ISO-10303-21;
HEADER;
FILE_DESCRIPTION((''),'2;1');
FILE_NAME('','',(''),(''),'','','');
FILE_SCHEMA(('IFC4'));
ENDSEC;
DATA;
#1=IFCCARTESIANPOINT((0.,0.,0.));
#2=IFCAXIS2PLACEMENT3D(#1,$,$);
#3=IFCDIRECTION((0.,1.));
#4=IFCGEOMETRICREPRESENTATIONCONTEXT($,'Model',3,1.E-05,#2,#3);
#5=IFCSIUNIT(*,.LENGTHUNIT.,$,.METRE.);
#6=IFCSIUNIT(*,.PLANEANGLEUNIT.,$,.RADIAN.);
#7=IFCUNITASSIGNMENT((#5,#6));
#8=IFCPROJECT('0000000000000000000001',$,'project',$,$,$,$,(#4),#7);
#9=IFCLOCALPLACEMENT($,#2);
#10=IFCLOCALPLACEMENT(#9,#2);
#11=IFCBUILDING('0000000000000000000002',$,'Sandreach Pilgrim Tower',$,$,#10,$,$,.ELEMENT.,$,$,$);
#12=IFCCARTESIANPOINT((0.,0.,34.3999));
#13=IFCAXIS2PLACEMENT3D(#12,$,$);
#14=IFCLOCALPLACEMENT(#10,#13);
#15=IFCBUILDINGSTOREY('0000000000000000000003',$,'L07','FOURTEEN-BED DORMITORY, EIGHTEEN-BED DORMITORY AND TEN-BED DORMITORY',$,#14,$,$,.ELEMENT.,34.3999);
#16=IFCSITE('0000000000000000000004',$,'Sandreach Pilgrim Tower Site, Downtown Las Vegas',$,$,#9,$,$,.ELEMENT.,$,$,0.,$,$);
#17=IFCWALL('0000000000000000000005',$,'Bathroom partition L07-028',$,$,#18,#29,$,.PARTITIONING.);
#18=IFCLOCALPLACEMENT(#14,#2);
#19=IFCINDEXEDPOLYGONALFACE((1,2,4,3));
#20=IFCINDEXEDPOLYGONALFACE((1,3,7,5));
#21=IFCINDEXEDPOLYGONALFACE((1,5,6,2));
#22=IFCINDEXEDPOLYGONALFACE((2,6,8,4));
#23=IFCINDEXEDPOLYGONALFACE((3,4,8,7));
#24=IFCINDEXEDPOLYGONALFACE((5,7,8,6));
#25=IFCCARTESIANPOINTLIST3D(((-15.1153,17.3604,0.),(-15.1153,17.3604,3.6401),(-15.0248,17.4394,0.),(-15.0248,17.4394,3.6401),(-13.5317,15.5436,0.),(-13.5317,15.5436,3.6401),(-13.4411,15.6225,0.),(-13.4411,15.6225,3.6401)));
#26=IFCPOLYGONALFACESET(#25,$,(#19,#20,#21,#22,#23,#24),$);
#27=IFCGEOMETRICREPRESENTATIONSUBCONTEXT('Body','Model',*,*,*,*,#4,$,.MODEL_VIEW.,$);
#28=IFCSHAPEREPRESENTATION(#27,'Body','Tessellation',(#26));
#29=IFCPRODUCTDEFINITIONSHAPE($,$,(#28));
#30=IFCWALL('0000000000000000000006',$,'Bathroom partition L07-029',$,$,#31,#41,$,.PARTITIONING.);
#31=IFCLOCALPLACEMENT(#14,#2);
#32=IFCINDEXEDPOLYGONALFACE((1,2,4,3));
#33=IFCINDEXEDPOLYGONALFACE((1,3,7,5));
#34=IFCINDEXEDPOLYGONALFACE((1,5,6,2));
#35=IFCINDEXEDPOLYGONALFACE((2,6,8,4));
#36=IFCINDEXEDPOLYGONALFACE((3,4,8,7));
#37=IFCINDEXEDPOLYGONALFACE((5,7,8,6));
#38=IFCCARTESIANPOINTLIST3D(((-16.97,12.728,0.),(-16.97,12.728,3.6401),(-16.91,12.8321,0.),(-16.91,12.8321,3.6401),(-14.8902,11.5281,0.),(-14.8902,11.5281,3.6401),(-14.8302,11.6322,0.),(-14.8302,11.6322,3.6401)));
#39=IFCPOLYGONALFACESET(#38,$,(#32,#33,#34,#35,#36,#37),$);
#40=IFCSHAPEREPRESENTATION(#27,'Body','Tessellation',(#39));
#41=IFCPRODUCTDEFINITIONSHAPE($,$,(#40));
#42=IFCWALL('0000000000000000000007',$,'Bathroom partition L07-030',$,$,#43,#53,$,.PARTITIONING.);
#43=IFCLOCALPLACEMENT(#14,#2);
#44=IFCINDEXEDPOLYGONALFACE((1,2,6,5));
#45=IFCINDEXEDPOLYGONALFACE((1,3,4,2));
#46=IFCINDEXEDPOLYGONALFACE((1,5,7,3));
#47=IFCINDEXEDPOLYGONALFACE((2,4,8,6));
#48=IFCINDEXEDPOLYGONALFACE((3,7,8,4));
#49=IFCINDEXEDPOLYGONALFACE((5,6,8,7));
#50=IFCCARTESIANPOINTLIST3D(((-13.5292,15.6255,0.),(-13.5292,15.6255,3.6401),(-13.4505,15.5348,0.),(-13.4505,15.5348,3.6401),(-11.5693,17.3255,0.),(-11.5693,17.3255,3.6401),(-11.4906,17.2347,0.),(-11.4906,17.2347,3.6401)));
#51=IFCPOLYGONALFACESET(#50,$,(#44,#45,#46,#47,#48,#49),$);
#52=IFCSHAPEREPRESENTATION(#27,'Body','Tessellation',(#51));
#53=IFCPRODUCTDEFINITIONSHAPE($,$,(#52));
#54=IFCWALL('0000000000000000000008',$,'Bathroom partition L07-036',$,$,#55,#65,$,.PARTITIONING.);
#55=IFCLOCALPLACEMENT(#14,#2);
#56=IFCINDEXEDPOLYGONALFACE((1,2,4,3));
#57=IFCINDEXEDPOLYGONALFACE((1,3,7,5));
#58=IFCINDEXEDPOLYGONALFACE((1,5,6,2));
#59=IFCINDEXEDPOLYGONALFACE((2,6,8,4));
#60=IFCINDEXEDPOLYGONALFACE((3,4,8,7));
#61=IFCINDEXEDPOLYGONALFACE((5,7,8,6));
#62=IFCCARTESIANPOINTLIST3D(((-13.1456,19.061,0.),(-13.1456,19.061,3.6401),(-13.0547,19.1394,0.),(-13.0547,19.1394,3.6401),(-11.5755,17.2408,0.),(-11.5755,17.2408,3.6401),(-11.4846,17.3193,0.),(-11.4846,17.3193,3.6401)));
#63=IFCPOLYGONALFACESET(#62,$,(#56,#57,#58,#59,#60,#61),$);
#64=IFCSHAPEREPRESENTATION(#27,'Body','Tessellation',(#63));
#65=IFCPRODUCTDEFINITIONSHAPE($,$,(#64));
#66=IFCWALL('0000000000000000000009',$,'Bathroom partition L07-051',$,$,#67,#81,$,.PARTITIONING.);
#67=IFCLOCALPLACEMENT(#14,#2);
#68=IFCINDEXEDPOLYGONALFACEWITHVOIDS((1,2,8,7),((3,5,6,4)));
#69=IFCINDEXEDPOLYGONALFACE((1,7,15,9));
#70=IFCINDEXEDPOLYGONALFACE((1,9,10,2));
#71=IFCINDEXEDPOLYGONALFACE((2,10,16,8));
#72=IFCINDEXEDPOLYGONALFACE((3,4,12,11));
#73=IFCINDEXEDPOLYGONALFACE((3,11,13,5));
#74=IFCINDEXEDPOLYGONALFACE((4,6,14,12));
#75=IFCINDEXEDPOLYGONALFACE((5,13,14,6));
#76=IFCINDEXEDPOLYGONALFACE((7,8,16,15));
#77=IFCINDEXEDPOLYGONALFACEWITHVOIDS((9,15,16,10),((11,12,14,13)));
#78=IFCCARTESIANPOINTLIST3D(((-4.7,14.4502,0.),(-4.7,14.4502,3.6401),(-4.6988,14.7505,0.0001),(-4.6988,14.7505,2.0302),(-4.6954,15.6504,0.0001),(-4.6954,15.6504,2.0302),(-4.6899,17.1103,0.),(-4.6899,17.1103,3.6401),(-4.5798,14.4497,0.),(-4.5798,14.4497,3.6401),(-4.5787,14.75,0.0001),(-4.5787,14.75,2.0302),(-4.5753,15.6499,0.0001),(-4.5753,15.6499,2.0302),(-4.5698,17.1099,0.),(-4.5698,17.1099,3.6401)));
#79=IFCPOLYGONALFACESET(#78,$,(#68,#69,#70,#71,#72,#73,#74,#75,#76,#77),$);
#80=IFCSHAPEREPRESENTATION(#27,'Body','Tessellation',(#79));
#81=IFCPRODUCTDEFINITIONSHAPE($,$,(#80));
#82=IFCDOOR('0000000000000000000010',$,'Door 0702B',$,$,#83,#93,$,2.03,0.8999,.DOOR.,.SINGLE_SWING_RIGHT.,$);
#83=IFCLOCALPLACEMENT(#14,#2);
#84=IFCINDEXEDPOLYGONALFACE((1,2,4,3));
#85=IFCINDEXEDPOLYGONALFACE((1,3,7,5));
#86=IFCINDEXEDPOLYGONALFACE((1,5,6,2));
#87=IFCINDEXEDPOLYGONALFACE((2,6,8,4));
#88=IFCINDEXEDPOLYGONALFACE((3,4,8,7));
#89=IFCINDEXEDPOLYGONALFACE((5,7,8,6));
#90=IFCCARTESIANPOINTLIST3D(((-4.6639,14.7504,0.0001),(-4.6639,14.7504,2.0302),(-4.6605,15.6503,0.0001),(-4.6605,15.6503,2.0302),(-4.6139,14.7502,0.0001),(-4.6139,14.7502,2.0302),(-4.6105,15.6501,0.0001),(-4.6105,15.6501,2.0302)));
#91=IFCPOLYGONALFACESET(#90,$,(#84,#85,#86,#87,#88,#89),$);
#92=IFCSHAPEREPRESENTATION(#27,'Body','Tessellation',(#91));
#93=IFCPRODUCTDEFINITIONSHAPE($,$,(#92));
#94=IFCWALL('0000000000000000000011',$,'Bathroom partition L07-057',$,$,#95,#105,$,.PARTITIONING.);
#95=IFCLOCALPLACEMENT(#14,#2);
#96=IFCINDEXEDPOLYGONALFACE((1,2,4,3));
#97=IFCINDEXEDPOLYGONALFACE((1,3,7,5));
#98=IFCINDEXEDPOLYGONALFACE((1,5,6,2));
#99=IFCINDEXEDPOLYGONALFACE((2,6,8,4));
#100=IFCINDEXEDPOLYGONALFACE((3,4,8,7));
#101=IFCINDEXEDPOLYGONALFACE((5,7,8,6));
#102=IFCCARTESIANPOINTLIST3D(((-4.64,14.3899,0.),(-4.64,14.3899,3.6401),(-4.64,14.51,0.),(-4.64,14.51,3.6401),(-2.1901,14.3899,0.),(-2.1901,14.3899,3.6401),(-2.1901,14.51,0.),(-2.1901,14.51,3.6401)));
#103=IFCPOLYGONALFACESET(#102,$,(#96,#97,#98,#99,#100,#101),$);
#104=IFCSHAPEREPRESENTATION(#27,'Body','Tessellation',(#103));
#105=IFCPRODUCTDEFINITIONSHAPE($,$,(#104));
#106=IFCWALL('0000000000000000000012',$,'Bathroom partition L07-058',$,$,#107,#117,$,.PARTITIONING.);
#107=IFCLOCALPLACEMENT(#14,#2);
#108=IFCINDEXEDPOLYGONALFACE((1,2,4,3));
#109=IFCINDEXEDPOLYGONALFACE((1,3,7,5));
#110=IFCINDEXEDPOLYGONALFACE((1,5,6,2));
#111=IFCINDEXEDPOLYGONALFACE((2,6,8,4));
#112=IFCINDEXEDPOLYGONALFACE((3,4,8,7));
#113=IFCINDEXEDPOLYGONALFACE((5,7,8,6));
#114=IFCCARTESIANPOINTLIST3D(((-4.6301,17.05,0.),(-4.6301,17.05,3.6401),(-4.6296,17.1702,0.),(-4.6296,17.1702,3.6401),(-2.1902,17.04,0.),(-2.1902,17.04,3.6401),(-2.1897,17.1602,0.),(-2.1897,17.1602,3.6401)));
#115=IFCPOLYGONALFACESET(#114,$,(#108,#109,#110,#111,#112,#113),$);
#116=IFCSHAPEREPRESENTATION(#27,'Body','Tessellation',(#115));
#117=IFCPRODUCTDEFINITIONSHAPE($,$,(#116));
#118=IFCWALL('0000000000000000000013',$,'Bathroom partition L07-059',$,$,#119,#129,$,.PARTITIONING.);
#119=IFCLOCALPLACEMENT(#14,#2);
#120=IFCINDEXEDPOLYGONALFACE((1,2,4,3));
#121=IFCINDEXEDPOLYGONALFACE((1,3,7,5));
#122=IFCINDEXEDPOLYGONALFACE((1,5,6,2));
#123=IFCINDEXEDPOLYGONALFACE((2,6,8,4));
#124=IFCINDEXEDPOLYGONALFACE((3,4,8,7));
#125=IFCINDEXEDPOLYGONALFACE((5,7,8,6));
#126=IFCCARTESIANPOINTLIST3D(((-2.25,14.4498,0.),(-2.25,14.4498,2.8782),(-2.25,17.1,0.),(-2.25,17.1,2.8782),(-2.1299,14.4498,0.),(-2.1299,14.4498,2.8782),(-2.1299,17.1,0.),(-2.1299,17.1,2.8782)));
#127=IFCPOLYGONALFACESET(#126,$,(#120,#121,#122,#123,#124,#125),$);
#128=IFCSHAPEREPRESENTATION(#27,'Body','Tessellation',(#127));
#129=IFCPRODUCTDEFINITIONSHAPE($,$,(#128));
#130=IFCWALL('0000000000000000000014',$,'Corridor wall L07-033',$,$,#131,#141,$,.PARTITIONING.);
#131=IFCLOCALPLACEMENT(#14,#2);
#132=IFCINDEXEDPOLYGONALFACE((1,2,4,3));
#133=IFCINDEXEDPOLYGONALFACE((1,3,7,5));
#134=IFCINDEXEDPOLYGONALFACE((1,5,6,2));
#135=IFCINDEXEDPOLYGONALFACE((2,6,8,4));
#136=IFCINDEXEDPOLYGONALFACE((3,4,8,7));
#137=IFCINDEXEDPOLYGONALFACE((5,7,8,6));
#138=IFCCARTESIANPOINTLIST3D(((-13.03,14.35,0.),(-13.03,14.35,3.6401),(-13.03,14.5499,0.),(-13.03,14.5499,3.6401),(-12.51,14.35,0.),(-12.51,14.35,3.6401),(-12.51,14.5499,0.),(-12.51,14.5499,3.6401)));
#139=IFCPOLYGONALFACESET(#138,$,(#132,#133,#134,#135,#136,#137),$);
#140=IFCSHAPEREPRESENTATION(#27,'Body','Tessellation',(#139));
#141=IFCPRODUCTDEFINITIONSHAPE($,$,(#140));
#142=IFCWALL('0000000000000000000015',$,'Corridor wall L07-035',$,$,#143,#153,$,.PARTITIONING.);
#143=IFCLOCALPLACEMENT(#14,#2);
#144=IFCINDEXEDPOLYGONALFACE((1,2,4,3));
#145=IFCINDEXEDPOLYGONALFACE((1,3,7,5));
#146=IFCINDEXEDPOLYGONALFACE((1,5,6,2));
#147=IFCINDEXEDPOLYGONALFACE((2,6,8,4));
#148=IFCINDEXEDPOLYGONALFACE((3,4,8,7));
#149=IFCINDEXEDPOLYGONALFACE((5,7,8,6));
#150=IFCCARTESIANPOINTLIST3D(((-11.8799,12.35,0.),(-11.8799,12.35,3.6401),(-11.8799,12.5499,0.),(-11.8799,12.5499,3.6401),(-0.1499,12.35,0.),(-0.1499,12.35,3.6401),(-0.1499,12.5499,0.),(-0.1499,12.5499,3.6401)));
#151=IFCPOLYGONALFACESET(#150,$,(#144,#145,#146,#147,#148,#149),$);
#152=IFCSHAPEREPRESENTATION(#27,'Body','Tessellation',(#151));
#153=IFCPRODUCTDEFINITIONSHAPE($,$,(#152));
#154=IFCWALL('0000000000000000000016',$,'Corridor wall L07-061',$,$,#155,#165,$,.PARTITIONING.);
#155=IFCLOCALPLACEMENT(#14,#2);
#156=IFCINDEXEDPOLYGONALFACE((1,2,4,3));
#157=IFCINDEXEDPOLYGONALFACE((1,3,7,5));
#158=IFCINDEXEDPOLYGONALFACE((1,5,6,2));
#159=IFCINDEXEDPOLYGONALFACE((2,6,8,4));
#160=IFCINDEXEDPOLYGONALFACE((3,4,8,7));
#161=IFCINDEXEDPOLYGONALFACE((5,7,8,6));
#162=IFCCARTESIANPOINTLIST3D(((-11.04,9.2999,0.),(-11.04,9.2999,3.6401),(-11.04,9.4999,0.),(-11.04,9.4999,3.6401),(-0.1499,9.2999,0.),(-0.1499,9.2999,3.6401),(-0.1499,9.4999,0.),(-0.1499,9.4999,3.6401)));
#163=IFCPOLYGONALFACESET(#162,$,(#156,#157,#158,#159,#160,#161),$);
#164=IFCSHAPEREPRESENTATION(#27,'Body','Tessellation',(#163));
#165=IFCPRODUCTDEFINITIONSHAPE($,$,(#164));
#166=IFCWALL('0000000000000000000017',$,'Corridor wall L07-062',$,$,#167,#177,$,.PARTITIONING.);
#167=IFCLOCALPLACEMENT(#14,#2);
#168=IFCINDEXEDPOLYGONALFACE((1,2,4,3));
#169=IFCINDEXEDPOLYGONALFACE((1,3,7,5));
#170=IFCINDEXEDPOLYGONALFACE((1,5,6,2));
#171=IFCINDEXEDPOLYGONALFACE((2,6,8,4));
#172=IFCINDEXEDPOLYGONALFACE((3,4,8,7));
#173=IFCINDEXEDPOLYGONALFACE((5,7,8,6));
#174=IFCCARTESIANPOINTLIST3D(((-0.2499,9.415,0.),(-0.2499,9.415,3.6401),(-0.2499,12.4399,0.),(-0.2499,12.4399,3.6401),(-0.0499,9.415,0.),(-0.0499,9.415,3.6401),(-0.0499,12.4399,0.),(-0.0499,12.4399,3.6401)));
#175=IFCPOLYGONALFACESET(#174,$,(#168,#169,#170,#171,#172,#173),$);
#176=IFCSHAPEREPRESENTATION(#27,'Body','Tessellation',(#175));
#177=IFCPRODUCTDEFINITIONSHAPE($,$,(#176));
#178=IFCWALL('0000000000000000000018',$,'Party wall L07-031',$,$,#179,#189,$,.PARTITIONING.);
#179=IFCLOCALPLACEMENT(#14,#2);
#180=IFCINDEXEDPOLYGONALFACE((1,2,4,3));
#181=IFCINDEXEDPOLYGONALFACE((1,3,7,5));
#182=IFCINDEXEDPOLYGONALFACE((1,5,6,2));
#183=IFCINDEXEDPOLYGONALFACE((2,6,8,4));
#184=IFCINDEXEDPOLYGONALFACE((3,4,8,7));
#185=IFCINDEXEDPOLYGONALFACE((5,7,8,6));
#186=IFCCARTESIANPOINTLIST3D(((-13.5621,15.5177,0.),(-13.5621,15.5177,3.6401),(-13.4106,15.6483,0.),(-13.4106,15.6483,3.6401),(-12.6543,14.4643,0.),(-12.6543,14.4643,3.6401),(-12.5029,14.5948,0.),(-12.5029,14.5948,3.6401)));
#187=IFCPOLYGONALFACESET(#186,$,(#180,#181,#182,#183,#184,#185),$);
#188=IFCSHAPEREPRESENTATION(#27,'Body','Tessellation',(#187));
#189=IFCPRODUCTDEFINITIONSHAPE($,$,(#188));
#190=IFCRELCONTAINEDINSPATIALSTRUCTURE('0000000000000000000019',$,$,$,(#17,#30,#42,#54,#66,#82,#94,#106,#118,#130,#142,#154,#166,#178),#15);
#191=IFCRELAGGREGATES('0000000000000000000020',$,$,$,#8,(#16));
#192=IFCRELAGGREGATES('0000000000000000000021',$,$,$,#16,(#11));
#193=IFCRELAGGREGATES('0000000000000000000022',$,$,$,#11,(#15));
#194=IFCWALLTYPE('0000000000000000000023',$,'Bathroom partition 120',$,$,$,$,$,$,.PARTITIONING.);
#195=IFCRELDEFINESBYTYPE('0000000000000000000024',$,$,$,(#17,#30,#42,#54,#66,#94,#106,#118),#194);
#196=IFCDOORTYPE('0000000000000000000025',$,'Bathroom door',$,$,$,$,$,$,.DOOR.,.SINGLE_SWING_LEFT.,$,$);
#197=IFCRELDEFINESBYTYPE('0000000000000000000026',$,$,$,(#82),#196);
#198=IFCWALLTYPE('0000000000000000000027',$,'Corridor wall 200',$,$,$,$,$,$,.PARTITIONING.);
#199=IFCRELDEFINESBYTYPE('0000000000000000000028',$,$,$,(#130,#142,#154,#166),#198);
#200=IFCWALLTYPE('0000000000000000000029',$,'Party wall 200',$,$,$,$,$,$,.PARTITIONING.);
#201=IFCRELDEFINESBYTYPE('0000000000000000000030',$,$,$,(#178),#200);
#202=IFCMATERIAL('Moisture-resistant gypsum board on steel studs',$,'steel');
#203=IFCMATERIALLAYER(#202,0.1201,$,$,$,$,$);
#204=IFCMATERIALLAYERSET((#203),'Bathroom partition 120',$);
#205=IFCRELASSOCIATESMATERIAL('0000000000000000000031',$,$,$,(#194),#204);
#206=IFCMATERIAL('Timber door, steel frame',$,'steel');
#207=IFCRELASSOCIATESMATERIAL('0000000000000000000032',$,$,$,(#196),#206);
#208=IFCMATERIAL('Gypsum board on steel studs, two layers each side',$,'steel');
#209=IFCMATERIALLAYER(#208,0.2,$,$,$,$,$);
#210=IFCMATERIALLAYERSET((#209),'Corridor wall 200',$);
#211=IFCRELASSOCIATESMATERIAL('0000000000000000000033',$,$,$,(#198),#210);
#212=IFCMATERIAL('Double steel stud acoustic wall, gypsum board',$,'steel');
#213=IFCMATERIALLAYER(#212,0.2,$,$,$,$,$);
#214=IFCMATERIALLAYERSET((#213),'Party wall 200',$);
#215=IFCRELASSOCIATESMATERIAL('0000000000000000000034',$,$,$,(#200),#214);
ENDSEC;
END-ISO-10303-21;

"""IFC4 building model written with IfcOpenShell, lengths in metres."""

from ifc_helpers import new_model, si_unit, direction, frame, frame_2d, origin, place, context, subcontext, project, spatial, rectangle, extrude, material, layer, layer_set, type_object, element, fill, save


model = new_model("IFC4")

# Units and contexts
model_context = context("Model", 3, precision=1e-05, world=origin(), true_north=direction((0.0, 1.0)))
body_context = subcontext(model_context, "Body", "Model", "MODEL_VIEW")
ifc_project = project(units=[si_unit("LENGTHUNIT", "METRE"), si_unit("PLANEANGLEUNIT", "RADIAN")], contexts=[model_context])

# Site, building, storey
site_placement = place(None, origin())
site = spatial("IfcSite", under=ifc_project, at=site_placement, Name="Sandreach Pilgrim Tower Site, Downtown Las Vegas", CompositionType="ELEMENT", RefElevation=0.0)
building_placement = place(site_placement, origin())
building = spatial("IfcBuilding", under=site, at=building_placement, Name="Sandreach Pilgrim Tower", CompositionType="ELEMENT")
storey_placement = place(building_placement, frame((0.0, 0.0, 34.3999)))
storey = spatial("IfcBuildingStorey", under=building, at=storey_placement, Name="L07", Description="FOURTEEN-BED DORMITORY, EIGHTEEN-BED DORMITORY AND TEN-BED DORMITORY", CompositionType="ELEMENT", Elevation=34.3999)

# Walls
ifc_material_1 = material(Name="Moisture-resistant gypsum board on steel studs", Category="steel")
ifc_layer_1 = layer(ifc_material_1, 0.1201)
ifc_layer_set_1 = layer_set([ifc_layer_1], Name="Bathroom partition 120")
wall_type_1 = type_object("IfcWallType", Name="Bathroom partition 120", PredefinedType="PARTITIONING", material=ifc_layer_set_1)
wall_1_placement = place(storey_placement, frame((-15.0701, 17.3999, 0.0), z_axis=(0.0, 0.0, 1.0), x_axis=(0.657084, -0.753818, 0.0)))
element("IfcWall", 1, at=wall_1_placement, inside=storey, type_object=wall_type_1, Name="Bathroom partition L07-028", PredefinedType="PARTITIONING", context=body_context, shape_type="SweptSolid", body=[
    extrude(rectangle(XDim=2.4102, YDim=0.1201, at=frame_2d((1.2051, 0.0))), origin(), (0.0, 0.0, 1.0), 3.6401),
])
wall_2_placement = place(storey_placement, frame((-14.8601, 11.5801, 0.0), z_axis=(0.0, 0.0, 1.0), x_axis=(-0.866177, 0.499737, 0.0)))
element("IfcWall", 2, at=wall_2_placement, inside=storey, type_object=wall_type_1, Name="Bathroom partition L07-029", PredefinedType="PARTITIONING", context=body_context, shape_type="SweptSolid", body=[
    extrude(rectangle(XDim=2.4011, YDim=0.1201, at=frame_2d((1.2007, 0.0))), origin(), (0.0, 0.0, 1.0), 3.6401),
])
wall_3_placement = place(storey_placement, frame((-13.49, 15.5801, 0.0), z_axis=(0.0, 0.0, 1.0), x_axis=(0.755438, 0.655221, 0.0)))
element("IfcWall", 3, at=wall_3_placement, inside=storey, type_object=wall_type_1, Name="Bathroom partition L07-030", PredefinedType="PARTITIONING", context=body_context, shape_type="SweptSolid", body=[
    extrude(rectangle(XDim=2.5945, YDim=0.1201, at=frame_2d((1.2974, 0.0))), origin(), (0.0, 0.0, 1.0), 3.6401),
])
wall_4_placement = place(storey_placement, frame((-11.53, 17.28, 0.0), z_axis=(0.0, 0.0, 1.0), x_axis=(-0.653189, 0.757195, 0.0)))
element("IfcWall", 4, at=wall_4_placement, inside=storey, type_object=wall_type_1, Name="Bathroom partition L07-036", PredefinedType="PARTITIONING", context=body_context, shape_type="SweptSolid", body=[
    extrude(rectangle(XDim=2.4038, YDim=0.1201, at=frame_2d((1.2019, 0.0))), origin(), (0.0, 0.0, 1.0), 3.6401),
])

# Wall, opening, door
wall_5_placement = place(storey_placement, frame((-4.6299, 17.1101, 0.0), z_axis=(0.0, 0.0, 1.0), x_axis=(-0.003763, -0.999993, 0.0)))
wall_5 = element("IfcWall", 5, at=wall_5_placement, inside=storey, type_object=wall_type_1, Name="Bathroom partition L07-051", PredefinedType="PARTITIONING", context=body_context, shape_type="SweptSolid", body=[
    extrude(rectangle(XDim=2.6602, YDim=0.1201, at=frame_2d((1.3301, 0.0))), origin(), (0.0, 0.0, 1.0), 3.6401),
])
opening_1_placement = place(wall_5_placement, frame((1.46, 0.0, 0.0)))
opening_1 = element("IfcOpeningElement", 6, at=opening_1_placement, cuts=wall_5, PredefinedType="OPENING", context=body_context, shape_type="SweptSolid", body=[
    extrude(rectangle(XDim=0.8999, YDim=2.03, at=frame_2d((0.45, 1.0151))), frame((0.0, 0.0601, 0.0), z_axis=(0.0, -1.0, 0.0), x_axis=(1.0, 0.0, 0.0)), (0.0, 0.0, 1.0), 0.1201),
])
ifc_material_2 = material(Name="Timber door, steel frame", Category="steel")
door_type_1 = type_object("IfcDoorType", Name="Bathroom door", OperationType="SINGLE_SWING_LEFT", PredefinedType="DOOR", material=ifc_material_2)
door_1_placement = place(opening_1_placement, origin())
door_1 = element("IfcDoor", 7, at=door_1_placement, inside=storey, type_object=door_type_1, Name="Door 0702B", OperationType="SINGLE_SWING_RIGHT", OverallHeight=2.03, OverallWidth=0.8999, PredefinedType="DOOR", context=body_context, shape_type="SweptSolid", body=[
    extrude(rectangle(XDim=0.8999, YDim=2.03, at=frame_2d((0.45, 1.0151))), frame((0.0, 0.0249, 0.0), z_axis=(0.0, -1.0, 0.0), x_axis=(1.0, 0.0, 0.0)), (0.0, 0.0, 1.0), 0.05),
])
fill(opening_1, door_1)

# Walls
wall_6_placement = place(storey_placement, frame((-2.1899, 14.45, 0.0), z_axis=(0.0, 0.0, 1.0), x_axis=(-1.0, 0.0, 0.0)))
element("IfcWall", 8, at=wall_6_placement, inside=storey, type_object=wall_type_1, Name="Bathroom partition L07-057", PredefinedType="PARTITIONING", context=body_context, shape_type="SweptSolid", body=[
    extrude(rectangle(XDim=2.45, YDim=0.1201, at=frame_2d((1.2251, 0.0))), origin(), (0.0, 0.0, 1.0), 3.6401),
])
wall_7_placement = place(storey_placement, frame((-2.1899, 17.1001, 0.0), z_axis=(0.0, 0.0, 1.0), x_axis=(-0.999992, 0.004102, 0.0)))
element("IfcWall", 9, at=wall_7_placement, inside=storey, type_object=wall_type_1, Name="Bathroom partition L07-058", PredefinedType="PARTITIONING", context=body_context, shape_type="SweptSolid", body=[
    extrude(rectangle(XDim=2.4399, YDim=0.1201, at=frame_2d((1.22, 0.0))), origin(), (0.0, 0.0, 1.0), 3.6401),
])
wall_8_placement = place(storey_placement, frame((-2.1899, 17.1001, 0.0), z_axis=(0.0, 0.0, 1.0), x_axis=(0.0, -1.0, 0.0)))
element("IfcWall", 10, at=wall_8_placement, inside=storey, type_object=wall_type_1, Name="Bathroom partition L07-059", PredefinedType="PARTITIONING", context=body_context, shape_type="SweptSolid", body=[
    extrude(rectangle(XDim=2.6501, YDim=0.1201, at=frame_2d((1.3252, 0.0))), origin(), (0.0, 0.0, 1.0), 2.8782),
])
ifc_material_3 = material(Name="Gypsum board on steel studs, two layers each side", Category="steel")
ifc_layer_2 = layer(ifc_material_3, 0.2)
ifc_layer_set_2 = layer_set([ifc_layer_2], Name="Corridor wall 200")
wall_type_2 = type_object("IfcWallType", Name="Corridor wall 200", PredefinedType="PARTITIONING", material=ifc_layer_set_2)
wall_9_placement = place(storey_placement, frame((-12.51, 14.45, 0.0), z_axis=(0.0, 0.0, 1.0), x_axis=(-1.0, 0.0, 0.0)))
element("IfcWall", 11, at=wall_9_placement, inside=storey, type_object=wall_type_2, Name="Corridor wall L07-033", PredefinedType="PARTITIONING", context=body_context, shape_type="SweptSolid", body=[
    extrude(rectangle(XDim=0.52, YDim=0.2, at=frame_2d((0.26, 0.0))), origin(), (0.0, 0.0, 1.0), 3.6401),
])
wall_10_placement = place(storey_placement, frame((-11.8799, 12.45, 0.0), z_axis=(0.0, 0.0, 1.0), x_axis=(1.0, 0.0, 0.0)))
element("IfcWall", 12, at=wall_10_placement, inside=storey, type_object=wall_type_2, Name="Corridor wall L07-035", PredefinedType="PARTITIONING", context=body_context, shape_type="SweptSolid", body=[
    extrude(rectangle(XDim=11.73, YDim=0.2, at=frame_2d((5.865, 0.0))), origin(), (0.0, 0.0, 1.0), 3.6401),
])

# Walls
wall_11_placement = place(storey_placement, frame((-0.1499, 9.3999, 0.0), z_axis=(0.0, 0.0, 1.0), x_axis=(-1.0, 0.0, 0.0)))
element("IfcWall", 13, at=wall_11_placement, inside=storey, type_object=wall_type_2, Name="Corridor wall L07-061", PredefinedType="PARTITIONING", context=body_context, shape_type="SweptSolid", body=[
    extrude(rectangle(XDim=10.8901, YDim=0.2, at=frame_2d((5.4451, 0.0))), origin(), (0.0, 0.0, 1.0), 3.6401),
])
wall_12_placement = place(storey_placement, frame((-0.1499, 12.4399, 0.0), z_axis=(0.0, 0.0, 1.0), x_axis=(0.0, -1.0, 0.0)))
element("IfcWall", 14, at=wall_12_placement, inside=storey, type_object=wall_type_2, Name="Corridor wall L07-062", PredefinedType="PARTITIONING", context=body_context, shape_type="SweptSolid", body=[
    extrude(rectangle(XDim=3.0249, YDim=0.2, at=frame_2d((1.5125, 0.0))), origin(), (0.0, 0.0, 1.0), 3.6401),
])
ifc_material_4 = material(Name="Double steel stud acoustic wall, gypsum board", Category="steel")
ifc_layer_3 = layer(ifc_material_4, 0.2)
ifc_layer_set_3 = layer_set([ifc_layer_3], Name="Party wall 200")
wall_type_3 = type_object("IfcWallType", Name="Party wall 200", PredefinedType="PARTITIONING", material=ifc_layer_set_3)
wall_13_placement = place(storey_placement, frame((-13.4863, 15.583, 0.0), z_axis=(0.0, 0.0, 1.0), x_axis=(0.652756, -0.757569, 0.0)))
element("IfcWall", 15, at=wall_13_placement, inside=storey, type_object=wall_type_3, Name="Party wall L07-031", PredefinedType="PARTITIONING", context=body_context, shape_type="SweptSolid", body=[
    extrude(rectangle(XDim=1.3906, YDim=0.2, at=frame_2d((0.6953, 0.0))), origin(), (0.0, 0.0, 1.0), 3.6401),
])

save(model, "model.ifc")
